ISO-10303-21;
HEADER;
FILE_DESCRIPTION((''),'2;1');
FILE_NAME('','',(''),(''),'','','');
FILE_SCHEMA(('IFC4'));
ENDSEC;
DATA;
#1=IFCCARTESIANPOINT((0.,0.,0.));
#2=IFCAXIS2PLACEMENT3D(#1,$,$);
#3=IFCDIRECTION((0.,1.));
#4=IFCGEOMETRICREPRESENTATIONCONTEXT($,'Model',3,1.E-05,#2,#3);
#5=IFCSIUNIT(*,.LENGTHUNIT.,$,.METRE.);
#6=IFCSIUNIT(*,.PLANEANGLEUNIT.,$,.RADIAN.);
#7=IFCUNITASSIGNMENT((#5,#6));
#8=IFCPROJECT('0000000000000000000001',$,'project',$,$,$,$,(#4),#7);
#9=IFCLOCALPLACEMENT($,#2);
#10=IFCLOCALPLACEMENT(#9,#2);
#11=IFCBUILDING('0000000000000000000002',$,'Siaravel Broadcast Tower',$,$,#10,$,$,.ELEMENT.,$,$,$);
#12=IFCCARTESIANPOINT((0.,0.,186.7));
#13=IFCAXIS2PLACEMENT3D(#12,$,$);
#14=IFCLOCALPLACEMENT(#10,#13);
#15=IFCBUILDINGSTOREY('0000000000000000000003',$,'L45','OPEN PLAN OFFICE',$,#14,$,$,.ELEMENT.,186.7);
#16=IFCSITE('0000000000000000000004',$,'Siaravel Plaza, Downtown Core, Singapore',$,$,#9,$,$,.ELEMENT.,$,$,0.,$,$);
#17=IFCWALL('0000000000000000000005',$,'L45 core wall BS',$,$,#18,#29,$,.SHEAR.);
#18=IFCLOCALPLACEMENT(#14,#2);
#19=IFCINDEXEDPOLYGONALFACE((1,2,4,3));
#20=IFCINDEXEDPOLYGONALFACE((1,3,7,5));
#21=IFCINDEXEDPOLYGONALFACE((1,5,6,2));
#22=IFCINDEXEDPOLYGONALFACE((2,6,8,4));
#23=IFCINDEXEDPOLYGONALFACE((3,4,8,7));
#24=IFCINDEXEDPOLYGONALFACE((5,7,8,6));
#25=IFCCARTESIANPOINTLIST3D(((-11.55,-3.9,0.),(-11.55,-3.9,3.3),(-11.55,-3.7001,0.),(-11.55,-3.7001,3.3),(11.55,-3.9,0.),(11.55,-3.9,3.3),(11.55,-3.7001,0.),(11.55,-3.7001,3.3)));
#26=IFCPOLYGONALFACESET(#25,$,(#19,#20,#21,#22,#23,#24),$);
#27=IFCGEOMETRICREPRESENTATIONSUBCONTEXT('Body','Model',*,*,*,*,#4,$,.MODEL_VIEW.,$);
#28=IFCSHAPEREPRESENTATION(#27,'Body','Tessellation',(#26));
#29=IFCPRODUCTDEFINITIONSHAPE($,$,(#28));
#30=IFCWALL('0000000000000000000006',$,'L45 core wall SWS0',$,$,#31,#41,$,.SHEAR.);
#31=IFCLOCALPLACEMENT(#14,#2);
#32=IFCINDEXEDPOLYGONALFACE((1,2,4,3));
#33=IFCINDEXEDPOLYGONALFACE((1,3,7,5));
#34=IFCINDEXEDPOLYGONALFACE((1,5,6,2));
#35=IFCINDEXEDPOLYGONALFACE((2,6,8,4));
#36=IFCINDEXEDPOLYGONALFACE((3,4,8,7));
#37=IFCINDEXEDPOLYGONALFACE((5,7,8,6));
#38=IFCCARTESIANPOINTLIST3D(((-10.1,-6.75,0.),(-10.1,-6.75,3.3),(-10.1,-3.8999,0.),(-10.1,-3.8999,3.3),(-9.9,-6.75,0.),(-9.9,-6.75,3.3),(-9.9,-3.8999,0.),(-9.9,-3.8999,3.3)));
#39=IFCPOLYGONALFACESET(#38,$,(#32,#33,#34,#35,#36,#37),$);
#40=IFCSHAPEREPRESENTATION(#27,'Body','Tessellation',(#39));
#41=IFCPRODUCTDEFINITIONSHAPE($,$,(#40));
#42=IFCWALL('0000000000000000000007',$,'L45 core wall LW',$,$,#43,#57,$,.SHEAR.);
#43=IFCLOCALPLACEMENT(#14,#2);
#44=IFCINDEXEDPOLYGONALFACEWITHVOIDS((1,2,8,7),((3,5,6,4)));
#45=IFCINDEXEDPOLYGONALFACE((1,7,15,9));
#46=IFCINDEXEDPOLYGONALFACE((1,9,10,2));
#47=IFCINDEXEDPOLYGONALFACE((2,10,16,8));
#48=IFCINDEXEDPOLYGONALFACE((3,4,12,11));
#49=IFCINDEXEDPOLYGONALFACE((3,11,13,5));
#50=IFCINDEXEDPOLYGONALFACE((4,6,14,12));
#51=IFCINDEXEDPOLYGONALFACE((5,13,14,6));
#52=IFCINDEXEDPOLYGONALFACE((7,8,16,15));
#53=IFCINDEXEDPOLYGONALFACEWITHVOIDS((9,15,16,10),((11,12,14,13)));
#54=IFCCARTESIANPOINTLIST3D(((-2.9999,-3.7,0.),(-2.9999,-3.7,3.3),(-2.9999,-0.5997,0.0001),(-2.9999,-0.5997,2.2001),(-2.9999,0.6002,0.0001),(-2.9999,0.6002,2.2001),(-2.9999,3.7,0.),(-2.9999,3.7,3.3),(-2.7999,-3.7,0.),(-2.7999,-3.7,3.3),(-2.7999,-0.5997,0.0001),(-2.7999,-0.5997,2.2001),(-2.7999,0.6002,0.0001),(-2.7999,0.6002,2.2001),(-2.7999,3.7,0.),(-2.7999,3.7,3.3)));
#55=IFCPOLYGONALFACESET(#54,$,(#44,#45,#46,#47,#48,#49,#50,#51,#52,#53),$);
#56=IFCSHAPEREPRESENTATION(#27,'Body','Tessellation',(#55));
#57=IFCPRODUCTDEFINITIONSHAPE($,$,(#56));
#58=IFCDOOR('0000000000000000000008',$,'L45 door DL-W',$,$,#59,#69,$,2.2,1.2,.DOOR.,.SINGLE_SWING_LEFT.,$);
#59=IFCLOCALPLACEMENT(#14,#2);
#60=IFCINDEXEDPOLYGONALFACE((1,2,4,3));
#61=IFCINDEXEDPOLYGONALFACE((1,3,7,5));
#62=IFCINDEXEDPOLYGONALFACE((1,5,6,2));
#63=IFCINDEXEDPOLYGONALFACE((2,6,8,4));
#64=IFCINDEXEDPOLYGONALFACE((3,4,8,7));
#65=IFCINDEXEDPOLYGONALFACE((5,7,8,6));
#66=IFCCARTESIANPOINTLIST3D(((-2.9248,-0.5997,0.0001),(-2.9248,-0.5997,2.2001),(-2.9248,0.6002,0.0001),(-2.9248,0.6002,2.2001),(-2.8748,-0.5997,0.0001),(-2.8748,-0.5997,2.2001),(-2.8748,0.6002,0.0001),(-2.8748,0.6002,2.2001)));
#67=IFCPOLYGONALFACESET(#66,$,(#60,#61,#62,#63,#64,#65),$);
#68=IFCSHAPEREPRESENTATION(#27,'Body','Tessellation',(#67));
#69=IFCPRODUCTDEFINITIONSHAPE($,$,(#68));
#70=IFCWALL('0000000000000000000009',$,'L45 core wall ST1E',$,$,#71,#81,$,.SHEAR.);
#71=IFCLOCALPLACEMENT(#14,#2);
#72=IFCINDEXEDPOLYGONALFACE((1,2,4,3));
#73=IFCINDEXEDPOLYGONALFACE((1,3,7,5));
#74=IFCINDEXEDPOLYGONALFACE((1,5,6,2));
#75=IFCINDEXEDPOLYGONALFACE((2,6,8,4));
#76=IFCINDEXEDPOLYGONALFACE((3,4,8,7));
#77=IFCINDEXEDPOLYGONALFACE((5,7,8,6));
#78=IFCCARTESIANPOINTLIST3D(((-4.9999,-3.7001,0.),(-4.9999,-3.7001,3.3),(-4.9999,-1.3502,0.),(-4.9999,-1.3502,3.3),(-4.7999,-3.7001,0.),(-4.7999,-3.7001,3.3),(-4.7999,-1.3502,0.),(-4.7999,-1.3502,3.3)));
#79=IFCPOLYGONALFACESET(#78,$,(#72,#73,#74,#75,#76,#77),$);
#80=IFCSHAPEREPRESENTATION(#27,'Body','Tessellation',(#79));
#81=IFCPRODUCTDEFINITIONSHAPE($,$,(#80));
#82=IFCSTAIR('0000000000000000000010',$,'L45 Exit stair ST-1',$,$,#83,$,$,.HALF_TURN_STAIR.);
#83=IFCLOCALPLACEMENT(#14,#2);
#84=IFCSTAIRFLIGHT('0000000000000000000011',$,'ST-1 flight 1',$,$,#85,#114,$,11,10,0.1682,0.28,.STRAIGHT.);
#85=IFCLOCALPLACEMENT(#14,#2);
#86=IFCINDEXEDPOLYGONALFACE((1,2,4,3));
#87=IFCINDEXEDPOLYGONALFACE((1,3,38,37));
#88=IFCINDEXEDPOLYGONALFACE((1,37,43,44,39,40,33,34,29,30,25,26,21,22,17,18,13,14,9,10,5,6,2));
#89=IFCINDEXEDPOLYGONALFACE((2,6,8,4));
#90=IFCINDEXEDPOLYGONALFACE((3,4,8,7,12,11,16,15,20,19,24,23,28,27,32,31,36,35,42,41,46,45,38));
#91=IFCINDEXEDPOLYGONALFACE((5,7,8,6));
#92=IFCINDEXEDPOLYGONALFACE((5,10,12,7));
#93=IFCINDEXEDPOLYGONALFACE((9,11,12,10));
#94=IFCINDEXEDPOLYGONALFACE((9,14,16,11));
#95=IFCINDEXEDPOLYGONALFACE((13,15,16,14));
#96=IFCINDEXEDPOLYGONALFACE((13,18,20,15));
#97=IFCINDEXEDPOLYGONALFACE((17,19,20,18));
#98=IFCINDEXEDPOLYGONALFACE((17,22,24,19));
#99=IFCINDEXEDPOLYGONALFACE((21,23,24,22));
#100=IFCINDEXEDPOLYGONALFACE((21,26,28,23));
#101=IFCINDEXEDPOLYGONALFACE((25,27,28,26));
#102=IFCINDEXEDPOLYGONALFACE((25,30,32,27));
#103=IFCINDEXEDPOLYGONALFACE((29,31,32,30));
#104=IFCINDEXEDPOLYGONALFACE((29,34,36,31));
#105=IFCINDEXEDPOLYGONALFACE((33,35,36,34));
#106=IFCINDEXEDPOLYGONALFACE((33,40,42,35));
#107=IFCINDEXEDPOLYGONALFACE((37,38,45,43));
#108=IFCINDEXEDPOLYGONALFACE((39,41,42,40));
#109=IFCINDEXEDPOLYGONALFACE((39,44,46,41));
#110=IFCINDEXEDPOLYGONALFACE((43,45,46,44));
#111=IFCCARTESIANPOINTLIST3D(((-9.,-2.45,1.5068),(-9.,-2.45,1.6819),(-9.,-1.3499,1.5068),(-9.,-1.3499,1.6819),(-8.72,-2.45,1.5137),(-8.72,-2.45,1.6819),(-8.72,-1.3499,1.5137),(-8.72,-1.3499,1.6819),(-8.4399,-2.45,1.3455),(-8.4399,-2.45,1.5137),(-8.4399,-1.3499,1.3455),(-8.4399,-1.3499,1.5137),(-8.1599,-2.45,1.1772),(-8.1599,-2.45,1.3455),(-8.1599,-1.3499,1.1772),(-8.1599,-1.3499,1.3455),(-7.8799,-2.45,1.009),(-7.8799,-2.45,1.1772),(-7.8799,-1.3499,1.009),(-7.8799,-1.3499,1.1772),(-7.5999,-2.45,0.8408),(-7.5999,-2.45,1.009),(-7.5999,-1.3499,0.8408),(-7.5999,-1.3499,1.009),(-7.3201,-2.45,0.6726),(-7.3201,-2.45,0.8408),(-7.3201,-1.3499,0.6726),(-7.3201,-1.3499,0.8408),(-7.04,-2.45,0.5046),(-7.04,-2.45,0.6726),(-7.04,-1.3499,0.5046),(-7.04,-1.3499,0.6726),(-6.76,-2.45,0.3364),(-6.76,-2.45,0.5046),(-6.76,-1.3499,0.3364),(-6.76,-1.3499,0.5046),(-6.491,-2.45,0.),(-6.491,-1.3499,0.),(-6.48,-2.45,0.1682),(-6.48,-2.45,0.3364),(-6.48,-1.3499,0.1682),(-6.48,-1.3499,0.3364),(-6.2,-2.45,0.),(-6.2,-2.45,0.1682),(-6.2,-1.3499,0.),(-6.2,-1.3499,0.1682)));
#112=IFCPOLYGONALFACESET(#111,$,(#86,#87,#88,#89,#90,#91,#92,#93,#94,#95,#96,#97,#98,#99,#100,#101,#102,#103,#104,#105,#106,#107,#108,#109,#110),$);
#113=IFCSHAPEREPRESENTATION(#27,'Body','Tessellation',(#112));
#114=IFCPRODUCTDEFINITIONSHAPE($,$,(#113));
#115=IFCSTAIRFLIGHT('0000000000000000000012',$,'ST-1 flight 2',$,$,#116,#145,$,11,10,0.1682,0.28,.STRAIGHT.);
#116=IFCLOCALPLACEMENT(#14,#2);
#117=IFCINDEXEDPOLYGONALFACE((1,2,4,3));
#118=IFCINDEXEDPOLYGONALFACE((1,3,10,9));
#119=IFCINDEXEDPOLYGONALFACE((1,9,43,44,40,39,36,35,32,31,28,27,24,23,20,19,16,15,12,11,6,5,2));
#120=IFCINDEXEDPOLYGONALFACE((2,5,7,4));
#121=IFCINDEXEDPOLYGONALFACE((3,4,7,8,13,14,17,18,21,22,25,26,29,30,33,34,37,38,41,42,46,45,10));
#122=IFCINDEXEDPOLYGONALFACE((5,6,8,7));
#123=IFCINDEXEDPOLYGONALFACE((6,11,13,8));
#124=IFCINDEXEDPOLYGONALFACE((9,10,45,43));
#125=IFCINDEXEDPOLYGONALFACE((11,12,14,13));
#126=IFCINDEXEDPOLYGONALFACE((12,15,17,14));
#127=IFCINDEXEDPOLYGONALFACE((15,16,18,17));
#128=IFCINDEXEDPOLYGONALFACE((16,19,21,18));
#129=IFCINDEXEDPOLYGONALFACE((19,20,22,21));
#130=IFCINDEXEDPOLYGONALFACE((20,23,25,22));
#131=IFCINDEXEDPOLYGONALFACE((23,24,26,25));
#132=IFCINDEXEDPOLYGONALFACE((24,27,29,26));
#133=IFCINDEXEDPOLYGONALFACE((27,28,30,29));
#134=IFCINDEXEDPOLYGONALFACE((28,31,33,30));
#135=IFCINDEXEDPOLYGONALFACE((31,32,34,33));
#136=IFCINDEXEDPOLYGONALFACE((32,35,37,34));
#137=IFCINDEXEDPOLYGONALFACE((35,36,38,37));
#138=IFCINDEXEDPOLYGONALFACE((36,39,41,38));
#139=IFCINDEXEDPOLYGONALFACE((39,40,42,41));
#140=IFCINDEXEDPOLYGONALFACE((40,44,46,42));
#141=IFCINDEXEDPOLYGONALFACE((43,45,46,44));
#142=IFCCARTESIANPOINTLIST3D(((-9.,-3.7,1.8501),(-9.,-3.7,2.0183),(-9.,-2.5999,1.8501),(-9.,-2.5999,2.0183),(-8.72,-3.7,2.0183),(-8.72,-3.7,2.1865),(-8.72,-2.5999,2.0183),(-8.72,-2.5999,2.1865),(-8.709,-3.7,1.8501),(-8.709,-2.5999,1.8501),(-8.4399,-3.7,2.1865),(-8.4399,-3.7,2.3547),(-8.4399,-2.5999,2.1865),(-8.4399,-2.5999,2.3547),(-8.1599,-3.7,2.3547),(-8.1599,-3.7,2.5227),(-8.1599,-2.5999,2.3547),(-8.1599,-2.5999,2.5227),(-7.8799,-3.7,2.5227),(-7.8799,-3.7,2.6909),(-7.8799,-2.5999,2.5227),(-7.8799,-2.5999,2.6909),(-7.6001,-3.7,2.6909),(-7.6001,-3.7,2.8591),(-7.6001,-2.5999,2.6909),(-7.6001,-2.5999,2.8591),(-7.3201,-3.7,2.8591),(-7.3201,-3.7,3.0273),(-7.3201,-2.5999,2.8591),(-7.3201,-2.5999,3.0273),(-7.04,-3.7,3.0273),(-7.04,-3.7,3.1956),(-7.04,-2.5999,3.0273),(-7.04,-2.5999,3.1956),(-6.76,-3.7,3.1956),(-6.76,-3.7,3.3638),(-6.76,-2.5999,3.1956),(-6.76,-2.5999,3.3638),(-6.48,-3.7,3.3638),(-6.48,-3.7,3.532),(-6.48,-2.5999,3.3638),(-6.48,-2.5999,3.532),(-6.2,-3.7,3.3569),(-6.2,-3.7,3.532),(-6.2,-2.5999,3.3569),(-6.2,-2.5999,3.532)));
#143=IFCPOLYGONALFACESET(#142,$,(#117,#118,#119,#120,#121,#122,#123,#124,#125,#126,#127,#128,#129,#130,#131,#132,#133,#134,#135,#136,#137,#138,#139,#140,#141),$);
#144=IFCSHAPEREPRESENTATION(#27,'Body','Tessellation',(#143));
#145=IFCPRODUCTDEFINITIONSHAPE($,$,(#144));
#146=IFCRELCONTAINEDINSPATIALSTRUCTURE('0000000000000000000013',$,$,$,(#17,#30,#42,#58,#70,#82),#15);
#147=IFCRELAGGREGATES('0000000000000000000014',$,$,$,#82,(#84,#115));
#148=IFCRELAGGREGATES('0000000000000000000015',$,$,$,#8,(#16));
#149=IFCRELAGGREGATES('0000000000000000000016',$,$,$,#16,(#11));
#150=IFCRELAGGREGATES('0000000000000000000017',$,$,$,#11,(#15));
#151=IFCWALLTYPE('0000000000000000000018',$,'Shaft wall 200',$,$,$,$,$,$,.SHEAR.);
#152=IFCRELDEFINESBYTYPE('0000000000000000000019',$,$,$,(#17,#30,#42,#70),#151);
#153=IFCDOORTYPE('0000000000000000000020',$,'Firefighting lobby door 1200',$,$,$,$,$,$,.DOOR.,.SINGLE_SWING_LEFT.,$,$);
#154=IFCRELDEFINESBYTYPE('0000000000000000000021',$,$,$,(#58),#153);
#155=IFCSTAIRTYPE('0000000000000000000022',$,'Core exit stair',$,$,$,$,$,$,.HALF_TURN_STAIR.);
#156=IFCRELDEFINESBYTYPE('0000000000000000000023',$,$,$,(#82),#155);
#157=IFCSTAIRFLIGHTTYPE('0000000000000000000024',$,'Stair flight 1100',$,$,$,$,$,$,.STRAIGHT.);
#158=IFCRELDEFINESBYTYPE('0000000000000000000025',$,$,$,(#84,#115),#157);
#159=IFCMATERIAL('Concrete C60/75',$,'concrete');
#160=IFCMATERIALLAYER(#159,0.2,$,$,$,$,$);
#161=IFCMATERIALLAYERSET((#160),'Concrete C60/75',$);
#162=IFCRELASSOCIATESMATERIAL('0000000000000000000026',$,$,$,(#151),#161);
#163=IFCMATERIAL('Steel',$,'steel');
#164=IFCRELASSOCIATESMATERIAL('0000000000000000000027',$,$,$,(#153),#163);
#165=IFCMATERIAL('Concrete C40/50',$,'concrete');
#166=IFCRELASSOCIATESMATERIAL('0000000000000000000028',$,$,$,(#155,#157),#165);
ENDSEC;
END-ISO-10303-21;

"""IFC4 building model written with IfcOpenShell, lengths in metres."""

from ifc_helpers import new_model, si_unit, direction, frame, frame_2d, origin, place, context, subcontext, project, spatial, polyline, rectangle, outline, extrude, material, layer, layer_set, type_object, element, fill, aggregate, save


model = new_model("IFC4")

# Units and contexts
model_context = context("Model", 3, precision=1e-05, world=origin(), true_north=direction((0.0, 1.0)))
body_context = subcontext(model_context, "Body", "Model", "MODEL_VIEW")
ifc_project = project(units=[si_unit("LENGTHUNIT", "METRE"), si_unit("PLANEANGLEUNIT", "RADIAN")], contexts=[model_context])

# Site, building, storey
site_placement = place(None, origin())
site = spatial("IfcSite", under=ifc_project, at=site_placement, Name="Siaravel Plaza, Downtown Core, Singapore", CompositionType="ELEMENT", RefElevation=0.0)
building_placement = place(site_placement, origin())
building = spatial("IfcBuilding", under=site, at=building_placement, Name="Siaravel Broadcast Tower", CompositionType="ELEMENT")
storey_placement = place(building_placement, frame((0.0, 0.0, 186.7)))
storey = spatial("IfcBuildingStorey", under=building, at=storey_placement, Name="L45", Description="OPEN PLAN OFFICE", CompositionType="ELEMENT", Elevation=186.7)

# Shared definitions
ifc_material_1 = material(Name="Concrete C60/75", Category="concrete")
ifc_material_2 = material(Name="Steel", Category="steel")

# Walls
ifc_layer_1 = layer(ifc_material_1, 0.2)
ifc_layer_set_1 = layer_set([ifc_layer_1], Name="Concrete C60/75")
wall_type_1 = type_object("IfcWallType", Name="Shaft wall 200", PredefinedType="SHEAR", material=ifc_layer_set_1)
wall_1_placement = place(storey_placement, frame((-11.55, -3.8, 0.0), z_axis=(0.0, 0.0, 1.0), x_axis=(1.0, 0.0, 0.0)))
element("IfcWall", 1, at=wall_1_placement, inside=storey, type_object=wall_type_1, Name="L45 core wall BS", PredefinedType="SHEAR", context=body_context, shape_type="SweptSolid", body=[
    extrude(rectangle(XDim=23.1001, YDim=0.2, at=frame_2d((11.55, 0.0))), origin(), (0.0, 0.0, 1.0), 3.3),
])
wall_2_placement = place(storey_placement, frame((-10.0, -6.75, 0.0), z_axis=(0.0, 0.0, 1.0), x_axis=(0.0, 1.0, 0.0)))
element("IfcWall", 2, at=wall_2_placement, inside=storey, type_object=wall_type_1, Name="L45 core wall SWS0", PredefinedType="SHEAR", context=body_context, shape_type="SweptSolid", body=[
    extrude(rectangle(XDim=2.8501, YDim=0.2, at=frame_2d((1.425, 0.0))), origin(), (0.0, 0.0, 1.0), 3.3),
])

# Wall, opening, door
wall_3_placement = place(storey_placement, frame((-2.8999, -3.7, 0.0), z_axis=(0.0, 0.0, 1.0), x_axis=(0.0, 1.0, 0.0)))
wall_3 = element("IfcWall", 3, at=wall_3_placement, inside=storey, type_object=wall_type_1, Name="L45 core wall LW", PredefinedType="SHEAR", context=body_context, shape_type="SweptSolid", body=[
    extrude(rectangle(XDim=7.3999, YDim=0.2, at=frame_2d((3.7, 0.0))), origin(), (0.0, 0.0, 1.0), 3.3),
])
opening_1_placement = place(wall_3_placement, frame((3.1001, 0.0, 0.0)))
opening_1 = element("IfcOpeningElement", 4, at=opening_1_placement, cuts=wall_3, PredefinedType="OPENING", context=body_context, shape_type="SweptSolid", body=[
    extrude(rectangle(XDim=1.2, YDim=2.2, at=frame_2d((0.6001, 1.1001))), frame((0.0, 0.1099, 0.0), z_axis=(0.0, -1.0, 0.0), x_axis=(1.0, 0.0, 0.0)), (0.0, 0.0, 1.0), 0.22),
])
door_type_1 = type_object("IfcDoorType", Name="Firefighting lobby door 1200", OperationType="SINGLE_SWING_LEFT", PredefinedType="DOOR", material=ifc_material_2)
door_1_placement = place(opening_1_placement, origin())
door_1 = element("IfcDoor", 5, at=door_1_placement, inside=storey, type_object=door_type_1, Name="L45 door DL-W", OperationType="SINGLE_SWING_LEFT", OverallHeight=2.2, OverallWidth=1.2, PredefinedType="DOOR", context=body_context, shape_type="SweptSolid", body=[
    extrude(rectangle(XDim=1.2, YDim=2.2, at=frame_2d((0.6001, 1.1001))), frame((0.0, 0.0249, 0.0), z_axis=(0.0, -1.0, 0.0), x_axis=(1.0, 0.0, 0.0)), (0.0, 0.0, 1.0), 0.05),
])
fill(opening_1, door_1)

# Wall
wall_4_placement = place(storey_placement, frame((-4.8999, -3.7, 0.0), z_axis=(0.0, 0.0, 1.0), x_axis=(0.0, 1.0, 0.0)))
element("IfcWall", 6, at=wall_4_placement, inside=storey, type_object=wall_type_1, Name="L45 core wall ST1E", PredefinedType="SHEAR", context=body_context, shape_type="SweptSolid", body=[
    extrude(rectangle(XDim=2.3499, YDim=0.2, at=frame_2d((1.1748, 0.0))), origin(), (0.0, 0.0, 1.0), 3.3),
])

# Stair, stair flights
ifc_material_3 = material(Name="Concrete C40/50", Category="concrete")
stair_type = type_object("IfcStairType", Name="Core exit stair", PredefinedType="HALF_TURN_STAIR", material=ifc_material_3)
stair_placement = place(storey_placement, origin())
stair = element("IfcStair", 7, at=stair_placement, inside=storey, type_object=stair_type, Name="L45 Exit stair ST-1", PredefinedType="HALF_TURN_STAIR")
stair_flight_type = type_object("IfcStairFlightType", Name="Stair flight 1100", PredefinedType="STRAIGHT", material=ifc_material_3)
stair_flight_1_placement = place(storey_placement, frame((-6.2, -1.8999, 0.0), z_axis=(0.0, 0.0, 1.0), x_axis=(-1.0, 0.0, 0.0)))
stair_flight_1 = element("IfcStairFlight", 8, at=stair_flight_1_placement, type_object=stair_flight_type, Name="ST-1 flight 1", NumberOfRisers=11, NumberOfTreads=10, PredefinedType="STRAIGHT", RiserHeight=0.1682, TreadLength=0.28, context=body_context, shape_type="SweptSolid", body=[
    extrude(outline(polyline([(0.0, 0.0), (0.0, 0.1682), (0.28, 0.1682), (0.28, 0.3364), (0.5601, 0.3364), (0.5601, 0.5046), (0.8401, 0.5046), (0.8401, 0.6726), (1.1201, 0.6726), (1.1201, 0.8408), (1.3999, 0.8408), (1.3999, 1.009), (1.6799, 1.009), (1.6799, 1.1772), (1.96, 1.1772), (1.96, 1.3455), (2.24, 1.3455), (2.24, 1.5137), (2.52, 1.5137), (2.52, 1.6819), (2.8, 1.6819), (2.8, 1.8501), (2.8, 1.5068), (0.291, 0.0), (0.0, 0.0)])), frame((0.0, 0.55, 0.0), z_axis=(0.0, -1.0, 0.0), x_axis=(1.0, 0.0, 0.0)), (0.0, 0.0, 1.0), 1.1001),
])
stair_flight_2_placement = place(storey_placement, frame((-9.0, -3.1499, 1.8501), z_axis=(0.0, 0.0, 1.0), x_axis=(1.0, 0.0, 0.0)))
stair_flight_2 = element("IfcStairFlight", 9, at=stair_flight_2_placement, type_object=stair_flight_type, Name="ST-1 flight 2", NumberOfRisers=11, NumberOfTreads=10, PredefinedType="STRAIGHT", RiserHeight=0.1682, TreadLength=0.28, context=body_context, shape_type="SweptSolid", body=[
    extrude(outline(polyline([(0.0, 0.0), (0.0, 0.1682), (0.28, 0.1682), (0.28, 0.3364), (0.5601, 0.3364), (0.5601, 0.5046), (0.8401, 0.5046), (0.8401, 0.6726), (1.1201, 0.6726), (1.1201, 0.8408), (1.3999, 0.8408), (1.3999, 1.009), (1.6799, 1.009), (1.6799, 1.1772), (1.96, 1.1772), (1.96, 1.3455), (2.24, 1.3455), (2.24, 1.5137), (2.52, 1.5137), (2.52, 1.6819), (2.8, 1.6819), (2.8, 1.8501), (2.8, 1.5068), (0.291, 0.0), (0.0, 0.0)])), frame((0.0, 0.55, 0.0), z_axis=(0.0, -1.0, 0.0), x_axis=(1.0, 0.0, 0.0)), (0.0, 0.0, 1.0), 1.1001),
])
aggregate(stair, [stair_flight_1, stair_flight_2])

save(model, "model.ifc")
